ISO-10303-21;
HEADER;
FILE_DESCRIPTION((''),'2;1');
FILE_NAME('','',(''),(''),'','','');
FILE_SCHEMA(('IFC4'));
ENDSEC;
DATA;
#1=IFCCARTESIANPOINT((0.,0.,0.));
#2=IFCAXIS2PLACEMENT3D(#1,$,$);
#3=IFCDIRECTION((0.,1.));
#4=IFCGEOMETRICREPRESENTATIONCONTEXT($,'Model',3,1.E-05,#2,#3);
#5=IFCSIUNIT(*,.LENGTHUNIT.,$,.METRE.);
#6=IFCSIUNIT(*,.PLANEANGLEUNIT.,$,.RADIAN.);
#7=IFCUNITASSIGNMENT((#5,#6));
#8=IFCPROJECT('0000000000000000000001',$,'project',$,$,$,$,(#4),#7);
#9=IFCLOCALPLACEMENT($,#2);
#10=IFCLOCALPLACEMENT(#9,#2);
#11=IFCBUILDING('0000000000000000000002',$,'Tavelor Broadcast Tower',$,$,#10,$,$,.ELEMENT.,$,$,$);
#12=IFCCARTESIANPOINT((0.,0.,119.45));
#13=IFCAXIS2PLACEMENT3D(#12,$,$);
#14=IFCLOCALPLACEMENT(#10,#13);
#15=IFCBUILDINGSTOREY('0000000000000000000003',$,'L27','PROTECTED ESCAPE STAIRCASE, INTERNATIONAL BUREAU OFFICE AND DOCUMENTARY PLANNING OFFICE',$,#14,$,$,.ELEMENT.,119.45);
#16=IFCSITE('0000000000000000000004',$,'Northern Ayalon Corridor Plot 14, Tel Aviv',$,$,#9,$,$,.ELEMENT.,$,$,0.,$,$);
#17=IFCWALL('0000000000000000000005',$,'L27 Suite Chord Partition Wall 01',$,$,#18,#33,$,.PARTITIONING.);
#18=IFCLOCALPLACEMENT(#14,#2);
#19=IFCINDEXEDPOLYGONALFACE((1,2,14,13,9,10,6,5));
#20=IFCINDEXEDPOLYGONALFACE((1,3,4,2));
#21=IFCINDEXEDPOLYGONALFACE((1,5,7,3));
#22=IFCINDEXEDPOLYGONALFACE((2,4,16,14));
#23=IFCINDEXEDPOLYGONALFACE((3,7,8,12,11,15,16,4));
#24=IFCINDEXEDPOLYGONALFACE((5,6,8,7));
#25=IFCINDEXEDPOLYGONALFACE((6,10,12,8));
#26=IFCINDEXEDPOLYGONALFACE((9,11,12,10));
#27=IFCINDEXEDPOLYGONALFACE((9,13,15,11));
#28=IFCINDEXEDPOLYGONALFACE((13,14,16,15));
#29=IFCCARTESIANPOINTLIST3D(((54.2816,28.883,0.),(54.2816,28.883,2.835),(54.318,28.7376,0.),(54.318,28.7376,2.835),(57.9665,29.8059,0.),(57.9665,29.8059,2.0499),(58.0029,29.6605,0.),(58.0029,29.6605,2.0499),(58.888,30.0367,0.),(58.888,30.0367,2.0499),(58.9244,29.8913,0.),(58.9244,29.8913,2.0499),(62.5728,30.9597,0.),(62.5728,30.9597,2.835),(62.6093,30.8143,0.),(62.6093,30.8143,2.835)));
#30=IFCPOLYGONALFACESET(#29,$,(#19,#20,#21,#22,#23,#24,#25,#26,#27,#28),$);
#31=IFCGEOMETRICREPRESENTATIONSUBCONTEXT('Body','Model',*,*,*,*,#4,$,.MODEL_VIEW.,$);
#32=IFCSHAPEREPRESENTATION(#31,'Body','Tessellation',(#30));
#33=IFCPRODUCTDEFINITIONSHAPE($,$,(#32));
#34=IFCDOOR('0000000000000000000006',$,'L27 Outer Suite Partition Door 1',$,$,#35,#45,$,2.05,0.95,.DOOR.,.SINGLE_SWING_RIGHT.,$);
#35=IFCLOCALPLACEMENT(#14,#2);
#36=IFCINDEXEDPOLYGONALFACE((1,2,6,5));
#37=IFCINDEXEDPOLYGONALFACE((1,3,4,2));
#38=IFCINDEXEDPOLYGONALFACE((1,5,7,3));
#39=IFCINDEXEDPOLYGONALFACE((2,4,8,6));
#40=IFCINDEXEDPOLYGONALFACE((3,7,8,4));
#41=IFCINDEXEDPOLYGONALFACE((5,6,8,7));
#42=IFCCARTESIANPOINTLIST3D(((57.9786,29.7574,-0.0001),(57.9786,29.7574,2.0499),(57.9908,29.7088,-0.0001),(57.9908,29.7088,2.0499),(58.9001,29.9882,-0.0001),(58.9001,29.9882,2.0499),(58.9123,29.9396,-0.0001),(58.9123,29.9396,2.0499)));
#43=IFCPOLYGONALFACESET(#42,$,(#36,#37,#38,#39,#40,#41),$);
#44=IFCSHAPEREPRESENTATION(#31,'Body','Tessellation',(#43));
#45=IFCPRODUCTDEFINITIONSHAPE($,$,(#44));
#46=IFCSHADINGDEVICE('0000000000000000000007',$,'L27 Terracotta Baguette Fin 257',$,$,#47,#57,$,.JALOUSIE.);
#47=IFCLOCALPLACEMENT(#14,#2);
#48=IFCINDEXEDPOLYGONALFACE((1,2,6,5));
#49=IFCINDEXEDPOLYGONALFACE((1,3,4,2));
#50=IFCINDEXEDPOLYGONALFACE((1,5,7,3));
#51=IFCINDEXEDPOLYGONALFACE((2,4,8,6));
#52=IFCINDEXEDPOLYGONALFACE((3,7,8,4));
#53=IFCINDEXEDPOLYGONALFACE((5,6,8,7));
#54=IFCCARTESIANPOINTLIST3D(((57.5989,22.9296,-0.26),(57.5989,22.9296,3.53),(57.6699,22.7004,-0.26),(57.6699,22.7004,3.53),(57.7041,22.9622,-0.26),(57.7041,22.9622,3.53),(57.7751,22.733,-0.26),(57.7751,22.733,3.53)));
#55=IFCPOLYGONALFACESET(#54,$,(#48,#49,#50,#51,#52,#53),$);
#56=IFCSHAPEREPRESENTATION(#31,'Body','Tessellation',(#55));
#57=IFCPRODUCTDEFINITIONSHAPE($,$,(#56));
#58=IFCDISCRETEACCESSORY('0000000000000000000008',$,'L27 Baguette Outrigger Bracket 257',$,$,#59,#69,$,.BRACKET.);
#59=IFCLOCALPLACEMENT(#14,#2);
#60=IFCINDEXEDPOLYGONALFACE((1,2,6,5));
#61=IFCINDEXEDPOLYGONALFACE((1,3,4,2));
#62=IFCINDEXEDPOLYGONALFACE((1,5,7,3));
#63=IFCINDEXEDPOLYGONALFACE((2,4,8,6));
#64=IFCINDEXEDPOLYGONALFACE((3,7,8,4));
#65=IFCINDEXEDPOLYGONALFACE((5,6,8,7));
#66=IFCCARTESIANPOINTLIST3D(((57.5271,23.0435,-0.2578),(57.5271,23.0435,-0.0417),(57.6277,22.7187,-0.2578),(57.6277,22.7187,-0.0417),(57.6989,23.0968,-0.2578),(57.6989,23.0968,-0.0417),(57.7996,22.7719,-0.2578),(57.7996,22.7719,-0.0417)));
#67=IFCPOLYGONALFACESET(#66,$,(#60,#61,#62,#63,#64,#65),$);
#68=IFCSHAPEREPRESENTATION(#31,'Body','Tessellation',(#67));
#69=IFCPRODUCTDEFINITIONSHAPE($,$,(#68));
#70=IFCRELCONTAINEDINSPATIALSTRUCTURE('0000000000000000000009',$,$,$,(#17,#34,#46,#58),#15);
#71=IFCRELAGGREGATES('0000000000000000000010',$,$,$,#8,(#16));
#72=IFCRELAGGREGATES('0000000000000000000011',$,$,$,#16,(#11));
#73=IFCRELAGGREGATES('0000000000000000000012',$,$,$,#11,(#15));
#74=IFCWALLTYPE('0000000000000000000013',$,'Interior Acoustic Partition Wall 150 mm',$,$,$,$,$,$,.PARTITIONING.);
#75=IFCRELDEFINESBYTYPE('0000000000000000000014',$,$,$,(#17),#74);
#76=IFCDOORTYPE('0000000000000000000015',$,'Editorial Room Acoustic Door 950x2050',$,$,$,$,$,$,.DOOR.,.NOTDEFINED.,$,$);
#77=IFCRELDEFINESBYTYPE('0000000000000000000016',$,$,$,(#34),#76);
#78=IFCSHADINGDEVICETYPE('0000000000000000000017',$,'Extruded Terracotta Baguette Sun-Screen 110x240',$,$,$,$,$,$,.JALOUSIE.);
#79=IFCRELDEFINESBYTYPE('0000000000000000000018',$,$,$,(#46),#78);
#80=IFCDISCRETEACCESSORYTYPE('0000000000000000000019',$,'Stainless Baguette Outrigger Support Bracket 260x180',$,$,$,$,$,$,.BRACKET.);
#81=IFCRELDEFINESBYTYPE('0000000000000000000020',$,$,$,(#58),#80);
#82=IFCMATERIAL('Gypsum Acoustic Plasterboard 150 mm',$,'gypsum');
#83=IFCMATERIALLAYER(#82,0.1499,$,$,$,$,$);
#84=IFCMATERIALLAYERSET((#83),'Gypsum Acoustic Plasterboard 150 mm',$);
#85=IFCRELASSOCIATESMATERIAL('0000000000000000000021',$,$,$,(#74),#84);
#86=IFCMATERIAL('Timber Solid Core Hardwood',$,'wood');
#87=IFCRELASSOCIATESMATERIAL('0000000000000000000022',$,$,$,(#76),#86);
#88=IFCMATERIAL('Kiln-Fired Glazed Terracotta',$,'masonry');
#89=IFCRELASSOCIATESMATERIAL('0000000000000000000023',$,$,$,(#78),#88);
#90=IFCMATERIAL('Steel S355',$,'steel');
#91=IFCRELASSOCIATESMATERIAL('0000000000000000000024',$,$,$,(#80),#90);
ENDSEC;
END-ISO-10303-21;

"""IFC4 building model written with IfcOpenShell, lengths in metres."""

from ifc_helpers import new_model, si_unit, direction, frame, frame_2d, origin, origin_2d, place, context, subcontext, project, spatial, rectangle, extrude, source, transform, mapped, material, layer, layer_set, type_object, type_shapes, element, fill, save


model = new_model("IFC4")

# Units and contexts
model_context = context("Model", 3, precision=1e-05, world=origin(), true_north=direction((0.0, 1.0)))
body_context = subcontext(model_context, "Body", "Model", "MODEL_VIEW")
ifc_project = project(units=[si_unit("LENGTHUNIT", "METRE"), si_unit("PLANEANGLEUNIT", "RADIAN")], contexts=[model_context])

# Site, building, storey
site_placement = place(None, origin())
site = spatial("IfcSite", under=ifc_project, at=site_placement, Name="Northern Ayalon Corridor Plot 14, Tel Aviv", CompositionType="ELEMENT", RefElevation=0.0)
building_placement = place(site_placement, origin())
building = spatial("IfcBuilding", under=site, at=building_placement, Name="Tavelor Broadcast Tower", CompositionType="ELEMENT")
storey_placement = place(building_placement, frame((0.0, 0.0, 119.45)))
storey = spatial("IfcBuildingStorey", under=building, at=storey_placement, Name="L27", Description="PROTECTED ESCAPE STAIRCASE, INTERNATIONAL BUREAU OFFICE AND DOCUMENTARY PLANNING OFFICE", CompositionType="ELEMENT", Elevation=119.45)

# Shared definitions
ifc_material_1 = material(Name="Steel S355", Category="steel")

# Shared definitions
ifc_material_2 = material(Name="Gypsum Acoustic Plasterboard 150 mm", Category="gypsum")
ifc_layer_1 = layer(ifc_material_2, 0.1499)
ifc_layer_set_1 = layer_set([ifc_layer_1], Name="Gypsum Acoustic Plasterboard 150 mm")
wall_type = type_object("IfcWallType", Name="Interior Acoustic Partition Wall 150 mm", PredefinedType="PARTITIONING", material=ifc_layer_set_1)

# Shared definitions
ifc_material_3 = material(Name="Timber Solid Core Hardwood", Category="wood")

# Wall, opening, door
wall_1_placement = place(storey_placement, frame((54.2998, 28.8103, 0.0), z_axis=(0.0, 0.0, 1.0), x_axis=(0.970037, 0.242959, 0.0)))
wall_1 = element("IfcWall", 1, at=wall_1_placement, inside=storey, type_object=wall_type, Name="L27 Suite Chord Partition Wall 01", PredefinedType="PARTITIONING", context=body_context, shape_type="SweptSolid", body=[
    extrude(rectangle(XDim=8.5474, YDim=0.1499, at=frame_2d((4.2737, 0.0))), origin(), (0.0, 0.0, 1.0), 2.835),
])
opening_1_placement = place(wall_1_placement, frame((3.7986, 0.0, 0.0)))
opening_1 = element("IfcOpeningElement", 2, at=opening_1_placement, cuts=wall_1, PredefinedType="OPENING", context=body_context, shape_type="SweptSolid", body=[
    extrude(rectangle(XDim=0.95, YDim=2.05, at=frame_2d((0.4751, 1.0249))), frame((0.0, 0.085, 0.0), z_axis=(0.0, -1.0, 0.0), x_axis=(1.0, 0.0, 0.0)), (0.0, 0.0, 1.0), 0.1699),
])
door_type_1 = type_object("IfcDoorType", Name="Editorial Room Acoustic Door 950x2050", OperationType="NOTDEFINED", PredefinedType="DOOR", material=ifc_material_3)
door_1_placement = place(opening_1_placement, origin())
door_1 = element("IfcDoor", 3, at=door_1_placement, inside=storey, type_object=door_type_1, Name="L27 Outer Suite Partition Door 1", OperationType="SINGLE_SWING_RIGHT", OverallHeight=2.05, OverallWidth=0.95, PredefinedType="DOOR", context=body_context, shape_type="SweptSolid", body=[
    extrude(rectangle(XDim=0.95, YDim=2.05, at=frame_2d((0.4751, 1.0249))), frame((0.0, 0.0249, 0.0), z_axis=(0.0, -1.0, 0.0), x_axis=(1.0, 0.0, 0.0)), (0.0, 0.0, 1.0), 0.05),
])
fill(opening_1, door_1)

# Shading device
ifc_material_4 = material(Name="Kiln-Fired Glazed Terracotta", Category="masonry")
shading_device_type = type_object("IfcShadingDeviceType", Name="Extruded Terracotta Baguette Sun-Screen 110x240", PredefinedType="JALOUSIE", material=ifc_material_4)
shared_shape_1 = source(origin(), body_context, "Body", "SweptSolid", [
    extrude(rectangle(XDim=0.1101, YDim=0.24, at=origin_2d()), origin(), (0.0, 0.0, 1.0), 3.79),
])
type_shapes(shading_device_type, [shared_shape_1])
shading_device_placement = place(storey_placement, frame((57.687, 22.8313, -0.26), z_axis=(0.0, 0.0, 1.0), x_axis=(0.955175, 0.296041, 0.0)))
element("IfcShadingDevice", 4, at=shading_device_placement, inside=storey, type_object=shading_device_type, Name="L27 Terracotta Baguette Fin 257", PredefinedType="JALOUSIE", context=body_context, shape_type="MappedRepresentation", body=[
    mapped(shared_shape_1, transform((0.0, 0.0, 0.0), scale=1.0)),
])

# Discrete accessory
discrete_accessory_type = type_object("IfcDiscreteAccessoryType", Name="Stainless Baguette Outrigger Support Bracket 260x180", PredefinedType="BRACKET", material=ifc_material_1)
shared_shape_2 = source(origin(), body_context, "Body", "SweptSolid", [
    extrude(rectangle(XDim=0.1799, YDim=0.3401, at=origin_2d()), origin(), (0.0, 0.0, 1.0), 0.2161),
])
type_shapes(discrete_accessory_type, [shared_shape_2])
discrete_accessory_placement = place(storey_placement, frame((57.6633, 22.9077, -0.2578), z_axis=(0.0, 0.0, 1.0), x_axis=(0.955175, 0.296041, 0.0)))
element("IfcDiscreteAccessory", 5, at=discrete_accessory_placement, inside=storey, type_object=discrete_accessory_type, Name="L27 Baguette Outrigger Bracket 257", PredefinedType="BRACKET", context=body_context, shape_type="MappedRepresentation", body=[
    mapped(shared_shape_2, transform((0.0, 0.0, 0.0), scale=1.0)),
])

save(model, "model.ifc")
